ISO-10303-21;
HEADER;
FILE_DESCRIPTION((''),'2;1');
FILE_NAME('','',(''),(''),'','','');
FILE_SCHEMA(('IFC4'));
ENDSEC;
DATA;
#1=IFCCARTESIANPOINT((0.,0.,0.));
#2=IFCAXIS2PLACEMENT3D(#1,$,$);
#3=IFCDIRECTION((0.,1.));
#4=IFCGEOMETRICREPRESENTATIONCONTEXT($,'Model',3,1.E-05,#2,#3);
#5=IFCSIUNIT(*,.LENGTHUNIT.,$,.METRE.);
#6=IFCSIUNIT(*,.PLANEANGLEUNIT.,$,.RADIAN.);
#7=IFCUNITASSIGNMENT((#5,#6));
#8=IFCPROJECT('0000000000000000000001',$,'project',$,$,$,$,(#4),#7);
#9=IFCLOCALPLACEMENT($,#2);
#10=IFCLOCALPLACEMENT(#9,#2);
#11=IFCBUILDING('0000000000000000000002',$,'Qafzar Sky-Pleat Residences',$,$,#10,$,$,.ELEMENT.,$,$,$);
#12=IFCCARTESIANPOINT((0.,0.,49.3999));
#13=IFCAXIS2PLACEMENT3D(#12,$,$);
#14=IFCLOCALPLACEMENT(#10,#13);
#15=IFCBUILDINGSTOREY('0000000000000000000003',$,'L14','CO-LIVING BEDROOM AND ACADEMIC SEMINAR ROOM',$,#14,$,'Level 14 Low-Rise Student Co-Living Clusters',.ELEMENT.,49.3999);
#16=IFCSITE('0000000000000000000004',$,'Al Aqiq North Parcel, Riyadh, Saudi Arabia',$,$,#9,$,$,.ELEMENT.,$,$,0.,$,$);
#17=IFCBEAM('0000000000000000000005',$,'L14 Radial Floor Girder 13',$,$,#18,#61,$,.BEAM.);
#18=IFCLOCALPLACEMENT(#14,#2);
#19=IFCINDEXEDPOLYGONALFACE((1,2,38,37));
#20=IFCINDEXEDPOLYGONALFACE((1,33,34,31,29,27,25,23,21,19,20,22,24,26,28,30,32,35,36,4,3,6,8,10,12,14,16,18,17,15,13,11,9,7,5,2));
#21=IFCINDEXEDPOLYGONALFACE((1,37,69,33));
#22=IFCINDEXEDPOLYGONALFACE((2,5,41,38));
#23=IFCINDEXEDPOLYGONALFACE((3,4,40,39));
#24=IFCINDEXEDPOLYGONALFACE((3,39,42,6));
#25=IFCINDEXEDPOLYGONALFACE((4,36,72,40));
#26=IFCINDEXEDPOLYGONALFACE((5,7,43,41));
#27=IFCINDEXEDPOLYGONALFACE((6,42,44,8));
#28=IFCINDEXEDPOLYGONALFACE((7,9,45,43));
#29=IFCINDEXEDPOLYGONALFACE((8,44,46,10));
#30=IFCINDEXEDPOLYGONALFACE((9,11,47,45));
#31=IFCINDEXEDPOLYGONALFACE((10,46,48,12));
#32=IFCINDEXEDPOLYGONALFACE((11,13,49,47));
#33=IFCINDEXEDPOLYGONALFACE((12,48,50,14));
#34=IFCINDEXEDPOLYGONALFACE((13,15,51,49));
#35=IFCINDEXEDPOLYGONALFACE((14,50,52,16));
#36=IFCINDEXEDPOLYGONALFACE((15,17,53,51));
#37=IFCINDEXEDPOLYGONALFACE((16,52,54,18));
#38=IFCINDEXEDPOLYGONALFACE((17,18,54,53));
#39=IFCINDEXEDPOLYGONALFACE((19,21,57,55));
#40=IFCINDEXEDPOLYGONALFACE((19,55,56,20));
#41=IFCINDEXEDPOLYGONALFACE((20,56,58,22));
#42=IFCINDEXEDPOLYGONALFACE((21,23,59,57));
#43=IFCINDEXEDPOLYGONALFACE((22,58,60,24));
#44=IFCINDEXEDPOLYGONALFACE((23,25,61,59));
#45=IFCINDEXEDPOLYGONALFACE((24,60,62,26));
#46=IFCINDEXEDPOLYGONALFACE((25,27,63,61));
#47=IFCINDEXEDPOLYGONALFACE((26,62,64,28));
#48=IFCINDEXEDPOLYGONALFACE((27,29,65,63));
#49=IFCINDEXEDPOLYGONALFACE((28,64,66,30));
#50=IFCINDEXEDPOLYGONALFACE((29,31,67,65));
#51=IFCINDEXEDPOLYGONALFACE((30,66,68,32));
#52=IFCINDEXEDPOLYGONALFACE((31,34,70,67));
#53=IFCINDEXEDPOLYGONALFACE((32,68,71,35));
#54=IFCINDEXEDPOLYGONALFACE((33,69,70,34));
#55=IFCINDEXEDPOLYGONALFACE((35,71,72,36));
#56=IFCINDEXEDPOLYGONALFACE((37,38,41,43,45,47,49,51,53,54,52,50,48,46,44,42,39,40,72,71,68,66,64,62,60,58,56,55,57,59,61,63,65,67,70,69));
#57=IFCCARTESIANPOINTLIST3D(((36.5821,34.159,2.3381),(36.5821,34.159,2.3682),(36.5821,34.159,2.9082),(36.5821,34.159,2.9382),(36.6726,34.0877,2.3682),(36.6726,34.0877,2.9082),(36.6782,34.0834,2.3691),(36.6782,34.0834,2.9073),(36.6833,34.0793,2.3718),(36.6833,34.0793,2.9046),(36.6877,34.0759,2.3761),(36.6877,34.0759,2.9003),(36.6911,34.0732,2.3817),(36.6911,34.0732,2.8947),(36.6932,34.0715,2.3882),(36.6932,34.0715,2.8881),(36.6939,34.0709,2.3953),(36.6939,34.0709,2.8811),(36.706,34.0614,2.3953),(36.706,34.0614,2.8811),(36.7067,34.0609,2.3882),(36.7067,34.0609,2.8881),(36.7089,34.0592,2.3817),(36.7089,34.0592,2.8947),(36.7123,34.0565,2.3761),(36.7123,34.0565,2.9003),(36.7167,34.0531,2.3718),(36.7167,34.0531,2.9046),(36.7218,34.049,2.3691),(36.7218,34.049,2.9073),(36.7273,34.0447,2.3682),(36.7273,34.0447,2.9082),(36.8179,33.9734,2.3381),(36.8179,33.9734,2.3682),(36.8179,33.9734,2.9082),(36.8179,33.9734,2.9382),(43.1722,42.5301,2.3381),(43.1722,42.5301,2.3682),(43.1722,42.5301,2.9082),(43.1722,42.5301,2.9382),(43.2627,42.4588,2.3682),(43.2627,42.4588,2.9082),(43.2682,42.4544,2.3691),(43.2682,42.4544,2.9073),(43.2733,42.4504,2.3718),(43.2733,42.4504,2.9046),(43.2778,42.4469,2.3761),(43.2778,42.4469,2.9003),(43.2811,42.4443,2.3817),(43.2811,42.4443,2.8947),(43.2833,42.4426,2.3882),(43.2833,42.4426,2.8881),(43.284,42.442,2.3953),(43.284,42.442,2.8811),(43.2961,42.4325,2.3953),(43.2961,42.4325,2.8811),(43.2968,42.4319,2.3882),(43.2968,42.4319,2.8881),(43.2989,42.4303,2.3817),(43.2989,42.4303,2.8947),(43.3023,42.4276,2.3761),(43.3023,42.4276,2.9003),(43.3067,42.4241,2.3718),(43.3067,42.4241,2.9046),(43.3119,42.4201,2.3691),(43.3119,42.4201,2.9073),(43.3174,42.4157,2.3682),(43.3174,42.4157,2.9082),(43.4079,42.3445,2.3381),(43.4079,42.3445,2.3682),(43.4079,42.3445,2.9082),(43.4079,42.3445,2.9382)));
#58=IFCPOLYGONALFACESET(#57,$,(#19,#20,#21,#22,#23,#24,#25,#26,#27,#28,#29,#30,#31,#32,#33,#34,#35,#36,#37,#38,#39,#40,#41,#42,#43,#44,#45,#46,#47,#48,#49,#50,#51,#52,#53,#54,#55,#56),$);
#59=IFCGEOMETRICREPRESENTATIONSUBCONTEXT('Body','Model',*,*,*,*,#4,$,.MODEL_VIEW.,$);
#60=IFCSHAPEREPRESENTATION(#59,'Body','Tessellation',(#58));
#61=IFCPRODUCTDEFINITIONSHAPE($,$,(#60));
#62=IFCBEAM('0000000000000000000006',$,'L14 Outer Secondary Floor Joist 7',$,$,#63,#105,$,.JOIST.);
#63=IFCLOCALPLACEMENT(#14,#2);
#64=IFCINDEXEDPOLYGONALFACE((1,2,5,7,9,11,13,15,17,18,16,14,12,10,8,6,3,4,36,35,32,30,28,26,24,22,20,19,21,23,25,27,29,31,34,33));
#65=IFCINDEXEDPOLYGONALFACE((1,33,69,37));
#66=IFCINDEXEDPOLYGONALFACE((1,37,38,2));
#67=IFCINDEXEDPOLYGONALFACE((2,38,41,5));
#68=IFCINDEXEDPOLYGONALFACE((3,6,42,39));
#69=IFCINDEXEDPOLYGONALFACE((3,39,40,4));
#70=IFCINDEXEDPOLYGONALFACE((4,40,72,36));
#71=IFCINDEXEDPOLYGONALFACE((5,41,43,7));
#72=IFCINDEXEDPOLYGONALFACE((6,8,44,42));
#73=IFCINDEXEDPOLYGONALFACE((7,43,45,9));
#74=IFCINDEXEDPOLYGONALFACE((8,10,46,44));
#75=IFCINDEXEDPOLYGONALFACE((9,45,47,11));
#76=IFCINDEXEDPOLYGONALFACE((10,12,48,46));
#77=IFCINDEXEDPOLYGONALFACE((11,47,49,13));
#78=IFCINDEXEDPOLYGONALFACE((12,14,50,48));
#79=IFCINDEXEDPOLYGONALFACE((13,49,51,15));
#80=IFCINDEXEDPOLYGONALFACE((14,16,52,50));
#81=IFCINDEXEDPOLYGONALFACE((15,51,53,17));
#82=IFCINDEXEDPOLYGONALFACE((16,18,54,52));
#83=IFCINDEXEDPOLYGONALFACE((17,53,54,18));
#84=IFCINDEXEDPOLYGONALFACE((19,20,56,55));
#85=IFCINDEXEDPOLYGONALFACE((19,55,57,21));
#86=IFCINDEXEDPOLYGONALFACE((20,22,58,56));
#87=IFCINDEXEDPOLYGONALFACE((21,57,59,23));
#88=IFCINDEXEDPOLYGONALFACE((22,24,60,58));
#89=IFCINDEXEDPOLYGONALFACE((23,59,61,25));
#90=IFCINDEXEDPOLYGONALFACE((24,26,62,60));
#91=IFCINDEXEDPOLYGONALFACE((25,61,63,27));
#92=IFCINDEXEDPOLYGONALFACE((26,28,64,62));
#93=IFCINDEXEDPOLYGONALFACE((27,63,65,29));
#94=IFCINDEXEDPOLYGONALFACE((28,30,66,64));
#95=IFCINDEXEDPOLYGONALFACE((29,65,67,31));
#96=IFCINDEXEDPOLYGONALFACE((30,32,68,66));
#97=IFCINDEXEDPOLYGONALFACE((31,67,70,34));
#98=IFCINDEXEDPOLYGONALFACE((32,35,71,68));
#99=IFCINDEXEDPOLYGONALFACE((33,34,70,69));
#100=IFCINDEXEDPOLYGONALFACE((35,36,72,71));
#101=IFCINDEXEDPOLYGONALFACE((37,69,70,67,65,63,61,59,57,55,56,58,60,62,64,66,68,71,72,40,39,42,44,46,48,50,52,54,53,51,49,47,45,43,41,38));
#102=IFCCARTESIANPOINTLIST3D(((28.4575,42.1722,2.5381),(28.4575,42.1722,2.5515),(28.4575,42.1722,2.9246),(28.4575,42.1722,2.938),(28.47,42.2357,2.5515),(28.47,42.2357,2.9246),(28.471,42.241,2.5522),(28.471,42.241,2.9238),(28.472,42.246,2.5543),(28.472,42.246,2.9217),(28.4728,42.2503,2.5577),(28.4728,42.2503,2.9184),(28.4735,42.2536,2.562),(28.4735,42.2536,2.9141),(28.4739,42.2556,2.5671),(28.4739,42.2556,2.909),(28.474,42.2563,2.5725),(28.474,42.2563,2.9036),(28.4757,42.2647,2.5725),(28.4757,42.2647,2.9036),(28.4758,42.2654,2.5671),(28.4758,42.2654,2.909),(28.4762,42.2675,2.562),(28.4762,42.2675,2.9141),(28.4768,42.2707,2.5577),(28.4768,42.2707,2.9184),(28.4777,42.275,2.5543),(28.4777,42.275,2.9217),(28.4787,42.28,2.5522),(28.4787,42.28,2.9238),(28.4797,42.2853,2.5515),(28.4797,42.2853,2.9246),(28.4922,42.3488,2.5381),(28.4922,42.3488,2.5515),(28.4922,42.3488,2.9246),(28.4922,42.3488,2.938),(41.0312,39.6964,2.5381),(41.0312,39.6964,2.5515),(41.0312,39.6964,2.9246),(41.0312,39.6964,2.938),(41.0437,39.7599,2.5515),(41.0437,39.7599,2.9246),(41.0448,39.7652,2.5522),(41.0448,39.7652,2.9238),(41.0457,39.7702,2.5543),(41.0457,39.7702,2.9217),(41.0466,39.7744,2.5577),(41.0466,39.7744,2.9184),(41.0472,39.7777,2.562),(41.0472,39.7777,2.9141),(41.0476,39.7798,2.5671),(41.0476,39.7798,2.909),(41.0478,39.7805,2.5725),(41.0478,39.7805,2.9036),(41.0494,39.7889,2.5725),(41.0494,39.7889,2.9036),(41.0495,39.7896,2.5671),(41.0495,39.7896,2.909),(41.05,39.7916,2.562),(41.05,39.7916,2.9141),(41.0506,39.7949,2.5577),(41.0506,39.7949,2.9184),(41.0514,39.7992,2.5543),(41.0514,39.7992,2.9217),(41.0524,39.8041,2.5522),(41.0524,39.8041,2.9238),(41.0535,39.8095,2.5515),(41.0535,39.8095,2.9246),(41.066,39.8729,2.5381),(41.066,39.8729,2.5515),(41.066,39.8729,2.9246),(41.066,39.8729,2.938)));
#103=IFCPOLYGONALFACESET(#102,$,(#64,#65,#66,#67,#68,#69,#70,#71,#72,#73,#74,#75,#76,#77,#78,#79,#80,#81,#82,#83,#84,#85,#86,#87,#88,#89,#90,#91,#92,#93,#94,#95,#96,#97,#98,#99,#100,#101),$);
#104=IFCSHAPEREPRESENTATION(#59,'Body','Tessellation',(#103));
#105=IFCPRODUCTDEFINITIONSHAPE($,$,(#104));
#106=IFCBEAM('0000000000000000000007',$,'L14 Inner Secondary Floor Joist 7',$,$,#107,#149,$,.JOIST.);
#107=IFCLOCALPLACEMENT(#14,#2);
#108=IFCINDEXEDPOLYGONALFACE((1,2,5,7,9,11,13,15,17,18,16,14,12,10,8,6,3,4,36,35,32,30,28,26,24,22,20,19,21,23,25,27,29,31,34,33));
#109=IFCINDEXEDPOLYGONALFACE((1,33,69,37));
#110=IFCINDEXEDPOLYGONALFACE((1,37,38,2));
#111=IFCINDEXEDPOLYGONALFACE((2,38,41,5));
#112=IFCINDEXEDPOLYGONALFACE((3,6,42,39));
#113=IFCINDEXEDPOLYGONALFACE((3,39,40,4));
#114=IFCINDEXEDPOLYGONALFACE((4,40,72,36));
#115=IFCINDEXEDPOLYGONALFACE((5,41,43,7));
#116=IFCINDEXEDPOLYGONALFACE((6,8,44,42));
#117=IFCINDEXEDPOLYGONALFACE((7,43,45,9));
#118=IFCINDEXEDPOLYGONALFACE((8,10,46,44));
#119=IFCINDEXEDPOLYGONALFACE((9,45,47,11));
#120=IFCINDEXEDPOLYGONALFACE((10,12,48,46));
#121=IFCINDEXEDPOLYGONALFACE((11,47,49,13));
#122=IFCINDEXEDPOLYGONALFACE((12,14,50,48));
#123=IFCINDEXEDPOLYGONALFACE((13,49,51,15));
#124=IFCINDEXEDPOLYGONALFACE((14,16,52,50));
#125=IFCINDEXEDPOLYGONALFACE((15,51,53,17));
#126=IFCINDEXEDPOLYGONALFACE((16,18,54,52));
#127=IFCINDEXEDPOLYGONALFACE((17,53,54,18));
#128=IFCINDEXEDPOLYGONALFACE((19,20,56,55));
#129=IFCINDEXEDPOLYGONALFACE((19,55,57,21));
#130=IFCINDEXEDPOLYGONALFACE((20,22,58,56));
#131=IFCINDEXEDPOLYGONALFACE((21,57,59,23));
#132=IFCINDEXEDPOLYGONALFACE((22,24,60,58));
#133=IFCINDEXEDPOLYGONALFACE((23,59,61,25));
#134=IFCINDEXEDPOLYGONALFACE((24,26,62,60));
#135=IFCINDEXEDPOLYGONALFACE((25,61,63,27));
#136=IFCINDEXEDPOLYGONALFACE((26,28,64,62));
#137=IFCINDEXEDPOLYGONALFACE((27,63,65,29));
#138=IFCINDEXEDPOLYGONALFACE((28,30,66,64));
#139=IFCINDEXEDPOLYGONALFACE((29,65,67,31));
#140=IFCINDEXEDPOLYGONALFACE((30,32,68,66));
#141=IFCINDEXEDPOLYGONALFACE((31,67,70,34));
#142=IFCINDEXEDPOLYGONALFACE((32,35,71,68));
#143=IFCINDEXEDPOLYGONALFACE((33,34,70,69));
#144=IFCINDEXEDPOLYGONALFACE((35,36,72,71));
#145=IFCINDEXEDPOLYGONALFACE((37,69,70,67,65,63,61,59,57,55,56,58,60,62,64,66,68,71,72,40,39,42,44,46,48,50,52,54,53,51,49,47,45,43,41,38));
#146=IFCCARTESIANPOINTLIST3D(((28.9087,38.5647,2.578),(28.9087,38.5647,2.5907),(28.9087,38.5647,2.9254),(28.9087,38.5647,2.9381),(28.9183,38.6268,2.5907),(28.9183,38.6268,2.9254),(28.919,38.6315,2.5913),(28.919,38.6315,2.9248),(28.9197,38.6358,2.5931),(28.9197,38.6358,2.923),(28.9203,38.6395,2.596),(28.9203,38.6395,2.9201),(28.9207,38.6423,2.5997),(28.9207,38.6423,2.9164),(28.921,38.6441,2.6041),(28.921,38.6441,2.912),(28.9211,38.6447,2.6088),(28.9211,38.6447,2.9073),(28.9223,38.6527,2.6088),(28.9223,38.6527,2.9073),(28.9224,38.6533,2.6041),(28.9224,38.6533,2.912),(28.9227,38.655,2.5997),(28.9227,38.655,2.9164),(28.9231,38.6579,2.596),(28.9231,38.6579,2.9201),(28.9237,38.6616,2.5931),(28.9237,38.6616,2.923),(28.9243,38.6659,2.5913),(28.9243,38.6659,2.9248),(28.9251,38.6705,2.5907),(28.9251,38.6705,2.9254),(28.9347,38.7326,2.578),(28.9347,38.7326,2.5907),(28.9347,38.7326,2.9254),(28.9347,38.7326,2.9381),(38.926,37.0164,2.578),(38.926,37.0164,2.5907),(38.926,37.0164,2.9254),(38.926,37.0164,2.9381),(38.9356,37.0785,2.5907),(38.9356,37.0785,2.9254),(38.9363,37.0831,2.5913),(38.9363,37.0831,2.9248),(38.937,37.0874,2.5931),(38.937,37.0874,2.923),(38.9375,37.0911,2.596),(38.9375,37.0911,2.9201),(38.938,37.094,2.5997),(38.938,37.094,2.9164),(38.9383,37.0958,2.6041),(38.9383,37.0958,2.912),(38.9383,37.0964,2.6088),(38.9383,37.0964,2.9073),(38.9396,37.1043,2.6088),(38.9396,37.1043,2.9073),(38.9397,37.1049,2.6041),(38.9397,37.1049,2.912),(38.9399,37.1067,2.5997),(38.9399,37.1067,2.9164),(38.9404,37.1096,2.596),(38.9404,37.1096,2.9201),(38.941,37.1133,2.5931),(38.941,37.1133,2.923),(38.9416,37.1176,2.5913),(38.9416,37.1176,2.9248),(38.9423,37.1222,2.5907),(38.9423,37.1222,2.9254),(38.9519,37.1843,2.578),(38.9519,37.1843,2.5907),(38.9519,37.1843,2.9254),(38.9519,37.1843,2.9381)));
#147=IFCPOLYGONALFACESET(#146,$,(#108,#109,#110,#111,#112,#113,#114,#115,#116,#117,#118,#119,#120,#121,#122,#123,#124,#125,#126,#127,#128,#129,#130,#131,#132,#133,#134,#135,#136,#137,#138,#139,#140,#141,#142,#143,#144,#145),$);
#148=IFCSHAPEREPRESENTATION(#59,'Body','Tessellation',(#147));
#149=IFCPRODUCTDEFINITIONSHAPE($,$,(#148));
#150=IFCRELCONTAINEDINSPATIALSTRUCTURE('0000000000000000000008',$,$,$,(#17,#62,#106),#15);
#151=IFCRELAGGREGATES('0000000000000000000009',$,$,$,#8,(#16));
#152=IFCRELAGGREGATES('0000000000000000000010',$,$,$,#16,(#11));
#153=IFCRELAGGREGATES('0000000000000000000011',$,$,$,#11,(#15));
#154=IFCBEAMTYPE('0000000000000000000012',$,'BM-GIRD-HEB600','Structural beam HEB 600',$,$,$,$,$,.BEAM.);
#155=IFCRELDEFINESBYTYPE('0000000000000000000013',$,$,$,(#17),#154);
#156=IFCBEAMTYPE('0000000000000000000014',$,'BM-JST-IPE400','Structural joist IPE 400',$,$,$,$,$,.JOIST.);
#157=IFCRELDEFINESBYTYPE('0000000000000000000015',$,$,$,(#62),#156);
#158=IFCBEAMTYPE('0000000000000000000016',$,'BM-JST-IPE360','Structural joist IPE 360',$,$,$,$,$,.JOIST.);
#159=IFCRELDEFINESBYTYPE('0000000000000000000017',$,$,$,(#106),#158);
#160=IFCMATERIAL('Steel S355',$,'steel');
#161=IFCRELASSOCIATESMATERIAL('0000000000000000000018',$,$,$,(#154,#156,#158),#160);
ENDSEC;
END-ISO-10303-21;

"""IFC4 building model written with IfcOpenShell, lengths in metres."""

from ifc_helpers import new_model, si_unit, direction, frame, origin, origin_2d, place, context, subcontext, project, spatial, i_section, extrude, source, transform, mapped, material, material_profile, profile_set, type_object, element, save


model = new_model("IFC4")

# Units and contexts
model_context = context("Model", 3, precision=1e-05, world=origin(), true_north=direction((0.0, 1.0)))
body_context = subcontext(model_context, "Body", "Model", "MODEL_VIEW")
ifc_project = project(units=[si_unit("LENGTHUNIT", "METRE"), si_unit("PLANEANGLEUNIT", "RADIAN")], contexts=[model_context])

# Site, building, storey
site_placement = place(None, origin())
site = spatial("IfcSite", under=ifc_project, at=site_placement, Name="Al Aqiq North Parcel, Riyadh, Saudi Arabia", CompositionType="ELEMENT", RefElevation=0.0)
building_placement = place(site_placement, origin())
building = spatial("IfcBuilding", under=site, at=building_placement, Name="Qafzar Sky-Pleat Residences", CompositionType="ELEMENT")
storey_placement = place(building_placement, frame((0.0, 0.0, 49.3999)))
storey = spatial("IfcBuildingStorey", under=building, at=storey_placement, Name="L14", Description="CO-LIVING BEDROOM AND ACADEMIC SEMINAR ROOM", LongName="Level 14 Low-Rise Student Co-Living Clusters", CompositionType="ELEMENT", Elevation=49.3999)

# Beams
ifc_material_1 = material(Name="Steel S355", Category="steel")
ifc_material_profile_1 = material_profile(ifc_material_1, i_section(OverallWidth=0.3, OverallDepth=0.6001, WebThickness=0.0154, FlangeThickness=0.03, FilletRadius=0.0271, at=origin_2d()), Name="HEB 600")
ifc_profile_set_1 = profile_set([ifc_material_profile_1], Name="Steel S355")
beam_type_1 = type_object("IfcBeamType", Name="BM-GIRD-HEB600", Description="Structural beam HEB 600", PredefinedType="BEAM", material=ifc_profile_set_1)
shared_shape_1 = source(origin(), body_context, "Body", "SweptSolid", [
    extrude(i_section(OverallWidth=0.3, OverallDepth=0.6001, WebThickness=0.0154, FlangeThickness=0.03, FilletRadius=0.0271, at=origin_2d()), origin(), (0.0, 0.0, 1.0), 10.6538),
])
beam_1_placement = place(storey_placement, frame((43.29, 42.4373, 2.6382), z_axis=(-0.618564, -0.785734, 0.0), x_axis=(0.785734, -0.618564, 0.0)))
element("IfcBeam", 1, at=beam_1_placement, inside=storey, type_object=beam_type_1, Name="L14 Radial Floor Girder 13", PredefinedType="BEAM", context=body_context, shape_type="MappedRepresentation", body=[
    mapped(shared_shape_1, transform((0.0, 0.0, 0.0), x_axis=(1.0, 0.0, 0.0), y_axis=(0.0, 1.0, 0.0), z_axis=(0.0, 0.0, 1.0), scale=1.0)),
])
ifc_material_profile_2 = material_profile(ifc_material_1, i_section(OverallWidth=0.1799, OverallDepth=0.3999, WebThickness=0.0085, FlangeThickness=0.0134, FilletRadius=0.021, at=origin_2d()), Name="IPE 400")
ifc_profile_set_2 = profile_set([ifc_material_profile_2], Name="Steel S355")
beam_type_2 = type_object("IfcBeamType", Name="BM-JST-IPE400", Description="Structural joist IPE 400", PredefinedType="JOIST", material=ifc_profile_set_2)
shared_shape_2 = source(origin(), body_context, "Body", "SweptSolid", [
    extrude(i_section(OverallWidth=0.1799, OverallDepth=0.3999, WebThickness=0.0085, FlangeThickness=0.0134, FilletRadius=0.021, at=origin_2d()), origin(), (0.0, 0.0, 1.0), 12.8152),
])
beam_2_placement = place(storey_placement, frame((41.0486, 39.7847, 2.738), z_axis=(-0.98116, 0.193195, 0.0), x_axis=(-0.193195, -0.98116, 0.0)))
element("IfcBeam", 2, at=beam_2_placement, inside=storey, type_object=beam_type_2, Name="L14 Outer Secondary Floor Joist 7", PredefinedType="JOIST", context=body_context, shape_type="MappedRepresentation", body=[
    mapped(shared_shape_2, transform((0.0, 0.0, 0.0), x_axis=(1.0, 0.0, 0.0), y_axis=(0.0, 1.0, 0.0), z_axis=(0.0, 0.0, 1.0), scale=1.0)),
])
ifc_material_profile_3 = material_profile(ifc_material_1, i_section(OverallWidth=0.1699, OverallDepth=0.3601, WebThickness=0.0081, FlangeThickness=0.0127, FilletRadius=0.0181, at=origin_2d()), Name="IPE 360")
ifc_profile_set_3 = profile_set([ifc_material_profile_3], Name="Steel S355")
beam_type_3 = type_object("IfcBeamType", Name="BM-JST-IPE360", Description="Structural joist IPE 360", PredefinedType="JOIST", material=ifc_profile_set_3)
shared_shape_3 = source(origin(), body_context, "Body", "SweptSolid", [
    extrude(i_section(OverallWidth=0.1699, OverallDepth=0.3601, WebThickness=0.0081, FlangeThickness=0.0127, FilletRadius=0.0181, at=origin_2d()), origin(), (0.0, 0.0, 1.0), 10.1362),
])
beam_3_placement = place(storey_placement, frame((38.939, 37.1003, 2.7581), z_axis=(-0.988265, 0.152752, 0.0), x_axis=(-0.152752, -0.988265, 0.0)))
element("IfcBeam", 3, at=beam_3_placement, inside=storey, type_object=beam_type_3, Name="L14 Inner Secondary Floor Joist 7", PredefinedType="JOIST", context=body_context, shape_type="MappedRepresentation", body=[
    mapped(shared_shape_3, transform((0.0, 0.0, 0.0), x_axis=(1.0, 0.0, 0.0), y_axis=(0.0, 1.0, 0.0), z_axis=(0.0, 0.0, 1.0), scale=1.0)),
])

save(model, "model.ifc")
